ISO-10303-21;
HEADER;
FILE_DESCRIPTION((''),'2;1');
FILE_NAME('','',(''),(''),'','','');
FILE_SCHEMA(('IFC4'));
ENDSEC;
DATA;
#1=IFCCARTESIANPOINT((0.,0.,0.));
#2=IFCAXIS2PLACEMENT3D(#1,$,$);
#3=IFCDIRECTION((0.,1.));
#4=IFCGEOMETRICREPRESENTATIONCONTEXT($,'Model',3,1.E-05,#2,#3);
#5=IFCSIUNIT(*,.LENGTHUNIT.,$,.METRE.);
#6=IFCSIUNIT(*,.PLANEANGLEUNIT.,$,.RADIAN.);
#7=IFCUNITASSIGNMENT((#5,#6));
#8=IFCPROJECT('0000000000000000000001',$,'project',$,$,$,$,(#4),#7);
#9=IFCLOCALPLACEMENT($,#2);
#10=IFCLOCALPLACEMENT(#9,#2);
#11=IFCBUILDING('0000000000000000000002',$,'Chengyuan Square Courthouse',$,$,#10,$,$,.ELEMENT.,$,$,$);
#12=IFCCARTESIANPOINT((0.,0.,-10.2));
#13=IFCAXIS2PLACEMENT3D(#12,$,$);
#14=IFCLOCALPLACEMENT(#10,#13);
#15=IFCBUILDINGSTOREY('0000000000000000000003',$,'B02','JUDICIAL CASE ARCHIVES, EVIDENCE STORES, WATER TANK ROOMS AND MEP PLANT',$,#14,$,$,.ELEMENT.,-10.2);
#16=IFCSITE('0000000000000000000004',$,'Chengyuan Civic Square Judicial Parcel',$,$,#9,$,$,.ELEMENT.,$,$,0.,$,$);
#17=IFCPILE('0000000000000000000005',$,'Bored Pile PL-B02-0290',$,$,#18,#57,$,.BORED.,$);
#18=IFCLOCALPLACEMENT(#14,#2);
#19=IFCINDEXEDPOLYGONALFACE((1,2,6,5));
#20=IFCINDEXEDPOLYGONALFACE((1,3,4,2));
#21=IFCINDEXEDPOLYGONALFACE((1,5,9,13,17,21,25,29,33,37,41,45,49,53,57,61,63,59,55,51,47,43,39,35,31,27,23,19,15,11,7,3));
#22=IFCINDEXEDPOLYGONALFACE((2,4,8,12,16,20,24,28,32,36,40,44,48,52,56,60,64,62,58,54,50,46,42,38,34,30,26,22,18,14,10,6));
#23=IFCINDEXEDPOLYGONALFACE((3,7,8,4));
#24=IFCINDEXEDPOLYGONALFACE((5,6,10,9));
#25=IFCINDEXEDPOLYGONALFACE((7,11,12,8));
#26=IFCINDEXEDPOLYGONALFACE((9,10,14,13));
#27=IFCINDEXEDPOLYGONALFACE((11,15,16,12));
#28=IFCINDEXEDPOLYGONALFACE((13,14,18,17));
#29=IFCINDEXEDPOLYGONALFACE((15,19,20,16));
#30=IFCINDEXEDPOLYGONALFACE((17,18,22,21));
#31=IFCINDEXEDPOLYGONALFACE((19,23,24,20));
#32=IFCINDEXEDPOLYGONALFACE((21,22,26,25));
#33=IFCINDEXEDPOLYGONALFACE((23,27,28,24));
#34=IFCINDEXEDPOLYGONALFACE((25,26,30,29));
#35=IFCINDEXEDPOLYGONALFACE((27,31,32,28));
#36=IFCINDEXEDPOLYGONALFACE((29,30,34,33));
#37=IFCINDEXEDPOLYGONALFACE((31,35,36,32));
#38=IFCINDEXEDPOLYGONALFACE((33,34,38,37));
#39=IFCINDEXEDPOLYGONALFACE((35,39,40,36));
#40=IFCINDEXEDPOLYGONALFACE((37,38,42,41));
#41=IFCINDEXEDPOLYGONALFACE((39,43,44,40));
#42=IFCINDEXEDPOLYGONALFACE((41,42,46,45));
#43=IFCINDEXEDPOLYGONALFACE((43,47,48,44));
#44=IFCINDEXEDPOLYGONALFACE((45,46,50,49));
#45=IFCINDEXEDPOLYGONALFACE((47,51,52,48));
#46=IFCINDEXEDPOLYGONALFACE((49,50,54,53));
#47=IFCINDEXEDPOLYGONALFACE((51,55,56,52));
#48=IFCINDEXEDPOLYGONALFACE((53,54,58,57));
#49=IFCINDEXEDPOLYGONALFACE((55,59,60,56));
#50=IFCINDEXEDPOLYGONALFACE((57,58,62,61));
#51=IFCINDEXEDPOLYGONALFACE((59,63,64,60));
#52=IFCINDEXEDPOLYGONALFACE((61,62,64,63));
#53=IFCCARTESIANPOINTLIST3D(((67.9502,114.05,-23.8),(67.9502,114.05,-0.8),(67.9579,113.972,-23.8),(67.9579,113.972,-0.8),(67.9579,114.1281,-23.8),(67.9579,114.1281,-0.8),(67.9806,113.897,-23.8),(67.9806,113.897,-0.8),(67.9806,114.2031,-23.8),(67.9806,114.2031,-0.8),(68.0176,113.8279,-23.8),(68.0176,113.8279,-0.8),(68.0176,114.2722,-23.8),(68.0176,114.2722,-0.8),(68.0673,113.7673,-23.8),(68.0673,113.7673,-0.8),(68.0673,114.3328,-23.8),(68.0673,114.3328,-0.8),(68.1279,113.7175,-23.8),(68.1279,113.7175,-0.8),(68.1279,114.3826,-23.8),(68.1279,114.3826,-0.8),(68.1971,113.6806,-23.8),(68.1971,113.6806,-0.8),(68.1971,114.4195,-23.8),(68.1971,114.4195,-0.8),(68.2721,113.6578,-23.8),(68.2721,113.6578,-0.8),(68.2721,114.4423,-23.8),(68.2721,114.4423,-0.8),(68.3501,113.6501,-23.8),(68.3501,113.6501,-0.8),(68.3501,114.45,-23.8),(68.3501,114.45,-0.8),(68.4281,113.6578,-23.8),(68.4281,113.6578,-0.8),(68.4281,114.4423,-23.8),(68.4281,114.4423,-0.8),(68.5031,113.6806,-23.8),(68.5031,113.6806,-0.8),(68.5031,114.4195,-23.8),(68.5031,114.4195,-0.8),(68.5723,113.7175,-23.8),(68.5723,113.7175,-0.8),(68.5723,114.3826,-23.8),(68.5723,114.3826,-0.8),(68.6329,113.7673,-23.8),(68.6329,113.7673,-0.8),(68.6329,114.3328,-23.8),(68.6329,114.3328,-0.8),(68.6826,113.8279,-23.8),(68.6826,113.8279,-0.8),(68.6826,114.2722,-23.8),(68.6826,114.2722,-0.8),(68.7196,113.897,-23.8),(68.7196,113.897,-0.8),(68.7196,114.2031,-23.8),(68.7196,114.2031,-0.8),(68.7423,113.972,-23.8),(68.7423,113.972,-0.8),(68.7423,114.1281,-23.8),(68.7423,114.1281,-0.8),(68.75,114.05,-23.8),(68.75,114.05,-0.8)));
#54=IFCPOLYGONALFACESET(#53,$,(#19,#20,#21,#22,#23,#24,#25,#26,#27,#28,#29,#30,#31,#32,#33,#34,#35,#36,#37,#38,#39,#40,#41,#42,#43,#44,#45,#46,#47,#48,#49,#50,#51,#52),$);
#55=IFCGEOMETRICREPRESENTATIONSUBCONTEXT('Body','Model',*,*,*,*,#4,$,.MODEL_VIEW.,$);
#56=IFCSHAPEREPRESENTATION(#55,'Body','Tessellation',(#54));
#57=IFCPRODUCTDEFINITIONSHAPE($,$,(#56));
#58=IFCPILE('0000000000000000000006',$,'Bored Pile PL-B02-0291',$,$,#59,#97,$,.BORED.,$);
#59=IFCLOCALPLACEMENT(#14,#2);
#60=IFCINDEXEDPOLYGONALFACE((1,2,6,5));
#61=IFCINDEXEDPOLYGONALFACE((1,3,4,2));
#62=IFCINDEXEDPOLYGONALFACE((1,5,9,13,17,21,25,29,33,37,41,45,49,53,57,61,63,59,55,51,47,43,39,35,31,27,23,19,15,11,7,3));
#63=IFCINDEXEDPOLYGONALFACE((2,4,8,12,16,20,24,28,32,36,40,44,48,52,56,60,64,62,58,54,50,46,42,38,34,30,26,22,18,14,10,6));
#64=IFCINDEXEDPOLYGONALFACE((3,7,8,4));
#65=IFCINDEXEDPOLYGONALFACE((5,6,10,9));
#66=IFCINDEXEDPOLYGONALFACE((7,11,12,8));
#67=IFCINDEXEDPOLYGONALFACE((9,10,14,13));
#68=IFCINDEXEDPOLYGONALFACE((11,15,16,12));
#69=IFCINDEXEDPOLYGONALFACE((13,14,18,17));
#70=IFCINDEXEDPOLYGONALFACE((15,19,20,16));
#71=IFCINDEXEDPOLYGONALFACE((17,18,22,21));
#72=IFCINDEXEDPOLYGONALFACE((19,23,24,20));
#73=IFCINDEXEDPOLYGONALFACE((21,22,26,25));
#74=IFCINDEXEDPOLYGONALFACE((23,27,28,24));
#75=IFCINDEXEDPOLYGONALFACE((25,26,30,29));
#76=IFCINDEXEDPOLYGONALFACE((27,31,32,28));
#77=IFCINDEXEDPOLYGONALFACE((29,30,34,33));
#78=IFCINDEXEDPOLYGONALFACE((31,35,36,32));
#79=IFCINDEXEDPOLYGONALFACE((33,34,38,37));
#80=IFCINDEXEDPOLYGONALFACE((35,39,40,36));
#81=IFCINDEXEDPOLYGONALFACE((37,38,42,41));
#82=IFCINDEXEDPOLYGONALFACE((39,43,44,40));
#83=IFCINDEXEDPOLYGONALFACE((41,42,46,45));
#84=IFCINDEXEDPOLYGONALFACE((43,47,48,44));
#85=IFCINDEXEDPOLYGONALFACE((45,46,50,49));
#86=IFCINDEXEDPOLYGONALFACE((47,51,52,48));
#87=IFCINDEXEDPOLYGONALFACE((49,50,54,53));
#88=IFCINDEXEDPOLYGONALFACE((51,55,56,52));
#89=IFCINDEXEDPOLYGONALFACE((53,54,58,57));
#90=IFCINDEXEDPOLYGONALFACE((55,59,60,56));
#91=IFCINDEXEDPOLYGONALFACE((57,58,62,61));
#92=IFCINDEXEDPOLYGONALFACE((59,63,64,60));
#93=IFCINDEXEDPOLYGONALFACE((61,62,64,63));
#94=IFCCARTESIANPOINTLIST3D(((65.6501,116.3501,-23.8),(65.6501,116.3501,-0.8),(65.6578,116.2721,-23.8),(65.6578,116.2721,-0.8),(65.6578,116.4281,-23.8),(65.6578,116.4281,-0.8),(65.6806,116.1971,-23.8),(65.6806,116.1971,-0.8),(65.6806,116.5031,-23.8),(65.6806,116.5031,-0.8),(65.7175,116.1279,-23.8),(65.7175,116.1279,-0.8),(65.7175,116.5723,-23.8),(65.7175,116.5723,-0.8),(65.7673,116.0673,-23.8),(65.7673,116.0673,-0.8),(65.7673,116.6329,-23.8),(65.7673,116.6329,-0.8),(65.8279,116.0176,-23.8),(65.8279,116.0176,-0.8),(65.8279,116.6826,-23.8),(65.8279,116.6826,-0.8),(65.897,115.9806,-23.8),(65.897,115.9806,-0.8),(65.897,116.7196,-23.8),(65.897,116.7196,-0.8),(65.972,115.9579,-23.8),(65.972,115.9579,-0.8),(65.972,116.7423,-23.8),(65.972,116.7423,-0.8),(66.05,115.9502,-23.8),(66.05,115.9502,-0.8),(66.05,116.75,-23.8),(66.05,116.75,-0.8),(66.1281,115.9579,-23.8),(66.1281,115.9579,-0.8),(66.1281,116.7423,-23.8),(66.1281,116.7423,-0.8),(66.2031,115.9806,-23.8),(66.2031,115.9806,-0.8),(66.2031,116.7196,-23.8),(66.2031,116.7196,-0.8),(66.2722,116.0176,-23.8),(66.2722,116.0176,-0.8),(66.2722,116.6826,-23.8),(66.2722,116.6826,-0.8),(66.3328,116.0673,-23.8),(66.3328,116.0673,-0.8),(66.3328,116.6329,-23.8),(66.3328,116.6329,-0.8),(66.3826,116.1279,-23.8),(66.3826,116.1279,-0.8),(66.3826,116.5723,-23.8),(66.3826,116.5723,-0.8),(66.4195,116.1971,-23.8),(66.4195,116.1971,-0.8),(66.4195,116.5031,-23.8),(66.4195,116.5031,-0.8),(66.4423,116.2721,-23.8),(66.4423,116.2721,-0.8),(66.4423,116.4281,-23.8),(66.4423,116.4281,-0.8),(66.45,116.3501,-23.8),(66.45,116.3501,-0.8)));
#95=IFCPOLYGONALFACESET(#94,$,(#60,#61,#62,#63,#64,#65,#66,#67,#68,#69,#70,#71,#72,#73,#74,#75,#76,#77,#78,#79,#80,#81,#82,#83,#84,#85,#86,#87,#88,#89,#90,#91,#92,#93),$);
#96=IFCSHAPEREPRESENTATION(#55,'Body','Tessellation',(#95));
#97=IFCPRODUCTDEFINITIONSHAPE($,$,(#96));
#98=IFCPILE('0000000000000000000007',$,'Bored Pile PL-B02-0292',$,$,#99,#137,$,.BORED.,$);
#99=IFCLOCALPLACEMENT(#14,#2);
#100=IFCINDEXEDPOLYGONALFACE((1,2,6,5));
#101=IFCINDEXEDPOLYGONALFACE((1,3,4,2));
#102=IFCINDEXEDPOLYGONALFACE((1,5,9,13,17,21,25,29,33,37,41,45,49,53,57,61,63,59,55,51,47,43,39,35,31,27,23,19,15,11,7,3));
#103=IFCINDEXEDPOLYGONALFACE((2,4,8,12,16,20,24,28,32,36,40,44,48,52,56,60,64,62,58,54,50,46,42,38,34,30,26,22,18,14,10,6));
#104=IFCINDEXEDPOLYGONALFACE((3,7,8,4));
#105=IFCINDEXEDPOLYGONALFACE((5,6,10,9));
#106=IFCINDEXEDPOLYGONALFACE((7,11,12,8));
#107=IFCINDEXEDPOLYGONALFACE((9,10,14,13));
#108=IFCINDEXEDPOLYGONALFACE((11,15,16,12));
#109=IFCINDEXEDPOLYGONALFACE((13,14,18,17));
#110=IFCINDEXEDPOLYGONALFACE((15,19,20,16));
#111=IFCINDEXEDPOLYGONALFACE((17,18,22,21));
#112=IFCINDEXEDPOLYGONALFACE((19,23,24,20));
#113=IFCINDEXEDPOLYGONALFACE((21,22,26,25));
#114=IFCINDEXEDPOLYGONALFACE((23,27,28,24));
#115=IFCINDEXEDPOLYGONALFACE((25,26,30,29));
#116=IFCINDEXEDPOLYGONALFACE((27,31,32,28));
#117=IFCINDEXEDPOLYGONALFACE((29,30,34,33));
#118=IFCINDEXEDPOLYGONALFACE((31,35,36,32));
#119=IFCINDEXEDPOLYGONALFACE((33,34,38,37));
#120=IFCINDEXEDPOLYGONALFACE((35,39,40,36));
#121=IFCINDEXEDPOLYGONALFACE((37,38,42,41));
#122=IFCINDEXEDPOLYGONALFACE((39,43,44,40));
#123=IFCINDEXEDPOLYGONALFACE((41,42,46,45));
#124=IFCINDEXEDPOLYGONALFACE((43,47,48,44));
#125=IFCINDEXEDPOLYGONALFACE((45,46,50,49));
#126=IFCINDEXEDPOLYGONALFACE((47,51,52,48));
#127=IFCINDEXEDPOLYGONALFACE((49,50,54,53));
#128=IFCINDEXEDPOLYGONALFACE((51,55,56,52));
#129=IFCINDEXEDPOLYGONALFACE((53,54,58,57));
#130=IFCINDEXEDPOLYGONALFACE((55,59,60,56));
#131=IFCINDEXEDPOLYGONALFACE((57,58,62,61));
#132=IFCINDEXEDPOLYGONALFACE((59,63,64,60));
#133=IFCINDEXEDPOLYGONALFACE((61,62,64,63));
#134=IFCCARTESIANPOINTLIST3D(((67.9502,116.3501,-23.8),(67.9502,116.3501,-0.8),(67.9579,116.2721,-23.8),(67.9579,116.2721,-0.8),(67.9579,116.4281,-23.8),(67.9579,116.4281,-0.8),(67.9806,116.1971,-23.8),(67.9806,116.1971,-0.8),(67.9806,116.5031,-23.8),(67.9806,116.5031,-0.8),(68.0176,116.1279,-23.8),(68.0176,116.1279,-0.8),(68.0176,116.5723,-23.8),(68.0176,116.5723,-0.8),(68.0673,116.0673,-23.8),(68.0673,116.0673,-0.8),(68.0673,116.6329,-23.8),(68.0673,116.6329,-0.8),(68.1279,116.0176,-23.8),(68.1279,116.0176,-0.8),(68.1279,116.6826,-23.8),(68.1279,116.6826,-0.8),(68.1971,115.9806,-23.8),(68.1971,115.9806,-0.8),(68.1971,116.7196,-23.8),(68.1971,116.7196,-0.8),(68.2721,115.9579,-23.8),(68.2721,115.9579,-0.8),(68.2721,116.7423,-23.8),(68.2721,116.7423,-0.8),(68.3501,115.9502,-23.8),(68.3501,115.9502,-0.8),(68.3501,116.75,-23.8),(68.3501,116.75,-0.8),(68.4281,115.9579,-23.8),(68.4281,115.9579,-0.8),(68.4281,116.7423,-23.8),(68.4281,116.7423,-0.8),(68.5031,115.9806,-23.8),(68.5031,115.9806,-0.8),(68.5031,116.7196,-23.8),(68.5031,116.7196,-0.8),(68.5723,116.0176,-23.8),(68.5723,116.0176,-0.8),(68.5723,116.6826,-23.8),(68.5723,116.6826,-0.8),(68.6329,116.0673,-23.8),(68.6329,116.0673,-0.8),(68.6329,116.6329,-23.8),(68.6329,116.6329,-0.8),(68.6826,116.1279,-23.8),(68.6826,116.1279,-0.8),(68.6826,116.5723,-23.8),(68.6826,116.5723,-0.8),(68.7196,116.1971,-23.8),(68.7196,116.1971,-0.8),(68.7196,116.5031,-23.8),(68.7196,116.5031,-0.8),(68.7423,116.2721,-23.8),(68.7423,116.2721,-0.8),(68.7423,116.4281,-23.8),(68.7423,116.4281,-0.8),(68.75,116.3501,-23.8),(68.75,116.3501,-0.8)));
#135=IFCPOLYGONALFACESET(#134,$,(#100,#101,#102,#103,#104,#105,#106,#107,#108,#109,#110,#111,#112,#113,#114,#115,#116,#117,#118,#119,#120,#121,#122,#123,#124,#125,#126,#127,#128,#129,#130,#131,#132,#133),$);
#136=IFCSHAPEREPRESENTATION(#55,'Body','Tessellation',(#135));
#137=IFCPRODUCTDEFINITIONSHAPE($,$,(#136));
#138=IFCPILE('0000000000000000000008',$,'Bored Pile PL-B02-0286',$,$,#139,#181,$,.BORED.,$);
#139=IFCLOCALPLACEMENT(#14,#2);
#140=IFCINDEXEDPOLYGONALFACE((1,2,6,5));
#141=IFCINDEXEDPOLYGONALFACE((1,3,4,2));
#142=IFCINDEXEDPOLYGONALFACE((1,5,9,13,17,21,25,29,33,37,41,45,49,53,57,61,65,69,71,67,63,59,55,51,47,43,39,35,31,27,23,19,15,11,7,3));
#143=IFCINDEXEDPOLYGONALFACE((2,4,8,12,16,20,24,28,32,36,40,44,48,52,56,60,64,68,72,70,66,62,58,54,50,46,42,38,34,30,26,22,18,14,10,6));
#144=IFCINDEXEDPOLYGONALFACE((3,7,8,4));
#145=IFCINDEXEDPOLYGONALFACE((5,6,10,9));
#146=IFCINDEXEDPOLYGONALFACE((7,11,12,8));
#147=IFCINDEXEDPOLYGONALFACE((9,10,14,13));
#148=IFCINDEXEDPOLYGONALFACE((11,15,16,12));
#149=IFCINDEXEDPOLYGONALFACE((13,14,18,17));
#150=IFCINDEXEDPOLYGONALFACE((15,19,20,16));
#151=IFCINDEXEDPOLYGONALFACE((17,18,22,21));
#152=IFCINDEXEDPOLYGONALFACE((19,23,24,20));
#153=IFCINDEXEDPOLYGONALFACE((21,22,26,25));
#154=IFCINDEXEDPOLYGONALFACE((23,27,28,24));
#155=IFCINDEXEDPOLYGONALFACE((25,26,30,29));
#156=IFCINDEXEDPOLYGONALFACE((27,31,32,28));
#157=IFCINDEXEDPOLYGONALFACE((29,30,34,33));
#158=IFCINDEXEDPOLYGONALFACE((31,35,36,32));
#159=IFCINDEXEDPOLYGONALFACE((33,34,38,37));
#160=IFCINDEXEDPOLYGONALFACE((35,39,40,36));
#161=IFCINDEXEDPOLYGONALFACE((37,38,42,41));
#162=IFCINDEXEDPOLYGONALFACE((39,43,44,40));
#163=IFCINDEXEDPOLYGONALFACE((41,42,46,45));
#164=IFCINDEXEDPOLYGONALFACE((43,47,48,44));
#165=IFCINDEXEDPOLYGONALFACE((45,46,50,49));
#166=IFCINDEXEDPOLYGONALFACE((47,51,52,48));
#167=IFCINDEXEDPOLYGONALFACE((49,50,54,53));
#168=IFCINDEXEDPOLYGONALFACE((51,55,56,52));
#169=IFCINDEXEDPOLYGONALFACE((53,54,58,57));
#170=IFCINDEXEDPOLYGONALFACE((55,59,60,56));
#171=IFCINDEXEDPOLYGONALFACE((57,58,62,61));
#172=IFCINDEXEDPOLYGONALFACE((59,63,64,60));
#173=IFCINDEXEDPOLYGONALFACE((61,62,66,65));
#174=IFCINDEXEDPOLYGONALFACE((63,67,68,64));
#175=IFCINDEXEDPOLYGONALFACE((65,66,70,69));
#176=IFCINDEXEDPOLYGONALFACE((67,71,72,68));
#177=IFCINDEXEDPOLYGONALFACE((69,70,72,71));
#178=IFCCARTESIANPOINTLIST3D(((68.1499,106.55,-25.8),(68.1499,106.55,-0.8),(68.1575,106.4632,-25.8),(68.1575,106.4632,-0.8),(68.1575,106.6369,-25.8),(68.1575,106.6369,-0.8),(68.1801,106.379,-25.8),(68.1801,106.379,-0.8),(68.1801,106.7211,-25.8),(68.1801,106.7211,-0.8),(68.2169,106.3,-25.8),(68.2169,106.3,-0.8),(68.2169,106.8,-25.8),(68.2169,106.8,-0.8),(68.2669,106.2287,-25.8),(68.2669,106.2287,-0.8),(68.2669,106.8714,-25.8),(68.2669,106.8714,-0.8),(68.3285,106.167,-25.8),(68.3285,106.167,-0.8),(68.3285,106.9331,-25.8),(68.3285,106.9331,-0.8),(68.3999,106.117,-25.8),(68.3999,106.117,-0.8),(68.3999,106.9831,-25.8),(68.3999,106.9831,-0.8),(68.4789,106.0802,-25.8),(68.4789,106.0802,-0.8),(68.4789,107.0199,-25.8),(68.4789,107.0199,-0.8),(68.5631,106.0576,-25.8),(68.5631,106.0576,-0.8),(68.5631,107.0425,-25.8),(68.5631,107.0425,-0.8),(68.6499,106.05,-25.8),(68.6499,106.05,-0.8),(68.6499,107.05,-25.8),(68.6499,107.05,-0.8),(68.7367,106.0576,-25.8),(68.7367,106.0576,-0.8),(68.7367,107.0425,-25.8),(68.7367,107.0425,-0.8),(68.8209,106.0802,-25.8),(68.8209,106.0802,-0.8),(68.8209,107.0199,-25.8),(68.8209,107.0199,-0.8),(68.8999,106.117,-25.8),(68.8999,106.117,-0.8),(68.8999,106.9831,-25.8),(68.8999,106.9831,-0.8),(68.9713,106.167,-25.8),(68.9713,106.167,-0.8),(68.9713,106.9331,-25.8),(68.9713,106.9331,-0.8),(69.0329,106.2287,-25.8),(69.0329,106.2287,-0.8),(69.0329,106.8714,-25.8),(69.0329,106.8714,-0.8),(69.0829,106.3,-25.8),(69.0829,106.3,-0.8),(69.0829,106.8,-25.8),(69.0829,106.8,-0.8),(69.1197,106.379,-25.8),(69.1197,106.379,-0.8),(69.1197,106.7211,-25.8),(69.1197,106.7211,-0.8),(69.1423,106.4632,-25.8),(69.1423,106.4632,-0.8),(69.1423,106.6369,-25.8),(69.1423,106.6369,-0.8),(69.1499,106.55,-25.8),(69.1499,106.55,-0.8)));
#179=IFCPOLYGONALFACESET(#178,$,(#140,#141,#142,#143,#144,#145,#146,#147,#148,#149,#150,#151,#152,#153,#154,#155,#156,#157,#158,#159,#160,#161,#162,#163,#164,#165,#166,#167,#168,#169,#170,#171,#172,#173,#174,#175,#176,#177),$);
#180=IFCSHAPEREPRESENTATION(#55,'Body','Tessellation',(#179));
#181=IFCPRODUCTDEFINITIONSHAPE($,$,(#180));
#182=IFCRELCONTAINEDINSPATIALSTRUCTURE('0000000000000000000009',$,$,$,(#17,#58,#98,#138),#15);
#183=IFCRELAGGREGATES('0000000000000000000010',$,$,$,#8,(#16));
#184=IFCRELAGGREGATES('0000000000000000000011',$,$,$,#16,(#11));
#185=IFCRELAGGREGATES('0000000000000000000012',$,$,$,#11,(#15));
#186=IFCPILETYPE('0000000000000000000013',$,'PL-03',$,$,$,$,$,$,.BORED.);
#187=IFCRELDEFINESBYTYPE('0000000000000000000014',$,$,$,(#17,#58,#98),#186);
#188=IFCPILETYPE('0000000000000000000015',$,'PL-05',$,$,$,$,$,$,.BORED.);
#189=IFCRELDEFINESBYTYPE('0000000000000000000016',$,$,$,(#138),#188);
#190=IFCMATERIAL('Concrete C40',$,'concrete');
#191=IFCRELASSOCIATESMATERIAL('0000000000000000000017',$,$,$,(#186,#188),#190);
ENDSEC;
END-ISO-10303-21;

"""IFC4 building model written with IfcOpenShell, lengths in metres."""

from ifc_helpers import new_model, si_unit, direction, frame, origin, origin_2d, place, context, subcontext, project, spatial, circle, extrude, material, material_profile, profile_set, type_object, element, save


model = new_model("IFC4")

# Units and contexts
model_context = context("Model", 3, precision=1e-05, world=origin(), true_north=direction((0.0, 1.0)))
body_context = subcontext(model_context, "Body", "Model", "MODEL_VIEW")
ifc_project = project(units=[si_unit("LENGTHUNIT", "METRE"), si_unit("PLANEANGLEUNIT", "RADIAN")], contexts=[model_context])

# Site, building, storey
site_placement = place(None, origin())
site = spatial("IfcSite", under=ifc_project, at=site_placement, Name="Chengyuan Civic Square Judicial Parcel", CompositionType="ELEMENT", RefElevation=0.0)
building_placement = place(site_placement, origin())
building = spatial("IfcBuilding", under=site, at=building_placement, Name="Chengyuan Square Courthouse", CompositionType="ELEMENT")
storey_placement = place(building_placement, frame((0.0, 0.0, -10.2)))
storey = spatial("IfcBuildingStorey", under=building, at=storey_placement, Name="B02", Description="JUDICIAL CASE ARCHIVES, EVIDENCE STORES, WATER TANK ROOMS AND MEP PLANT", CompositionType="ELEMENT", Elevation=-10.2)

# Shared definitions
ifc_material_1 = material(Name="Concrete C40", Category="concrete")

# Piles
ifc_material_profile_1 = material_profile(ifc_material_1, circle(Radius=0.3999, at=origin_2d()), Name="BORED PILE D800")
ifc_profile_set_1 = profile_set([ifc_material_profile_1], Name="Concrete C40")
pile_type_1 = type_object("IfcPileType", Name="PL-03", PredefinedType="BORED", material=ifc_profile_set_1)
for number, where, z_axis, x_axis, name in (
    (1, (68.3501, 114.05, -0.8), (0.0, 0.0, -1.0), (1.0, 0.0, 0.0), "Bored Pile PL-B02-0290"),
    (2, (66.05, 116.3501, -0.8), (0.0, 0.0, -1.0), (1.0, 0.0, 0.0), "Bored Pile PL-B02-0291"),
    (3, (68.3501, 116.3501, -0.8), (0.0, 0.0, -1.0), (1.0, 0.0, 0.0), "Bored Pile PL-B02-0292"),
):
    element("IfcPile", number, at=place(storey_placement, frame(where, z_axis=z_axis, x_axis=x_axis)), inside=storey, type_object=pile_type_1, Name=name, PredefinedType="BORED", context=body_context, shape_type="SweptSolid", body=[
        extrude(circle(Radius=0.3999, at=origin_2d()), origin(), (0.0, 0.0, 1.0), 23.0),
    ])
ifc_material_profile_2 = material_profile(ifc_material_1, circle(Radius=0.5, at=origin_2d()), Name="BORED PILE D1000")
ifc_profile_set_2 = profile_set([ifc_material_profile_2], Name="Concrete C40")
pile_type_2 = type_object("IfcPileType", Name="PL-05", PredefinedType="BORED", material=ifc_profile_set_2)
for number, where, z_axis, x_axis, name in (
    (4, (68.6499, 106.55, -0.8), (0.0, 0.0, -1.0), (1.0, 0.0, 0.0), "Bored Pile PL-B02-0286"),
):
    element("IfcPile", number, at=place(storey_placement, frame(where, z_axis=z_axis, x_axis=x_axis)), inside=storey, type_object=pile_type_2, Name=name, PredefinedType="BORED", context=body_context, shape_type="SweptSolid", body=[
        extrude(circle(Radius=0.5, at=origin_2d()), origin(), (0.0, 0.0, 1.0), 25.0),
    ])

save(model, "model.ifc")
